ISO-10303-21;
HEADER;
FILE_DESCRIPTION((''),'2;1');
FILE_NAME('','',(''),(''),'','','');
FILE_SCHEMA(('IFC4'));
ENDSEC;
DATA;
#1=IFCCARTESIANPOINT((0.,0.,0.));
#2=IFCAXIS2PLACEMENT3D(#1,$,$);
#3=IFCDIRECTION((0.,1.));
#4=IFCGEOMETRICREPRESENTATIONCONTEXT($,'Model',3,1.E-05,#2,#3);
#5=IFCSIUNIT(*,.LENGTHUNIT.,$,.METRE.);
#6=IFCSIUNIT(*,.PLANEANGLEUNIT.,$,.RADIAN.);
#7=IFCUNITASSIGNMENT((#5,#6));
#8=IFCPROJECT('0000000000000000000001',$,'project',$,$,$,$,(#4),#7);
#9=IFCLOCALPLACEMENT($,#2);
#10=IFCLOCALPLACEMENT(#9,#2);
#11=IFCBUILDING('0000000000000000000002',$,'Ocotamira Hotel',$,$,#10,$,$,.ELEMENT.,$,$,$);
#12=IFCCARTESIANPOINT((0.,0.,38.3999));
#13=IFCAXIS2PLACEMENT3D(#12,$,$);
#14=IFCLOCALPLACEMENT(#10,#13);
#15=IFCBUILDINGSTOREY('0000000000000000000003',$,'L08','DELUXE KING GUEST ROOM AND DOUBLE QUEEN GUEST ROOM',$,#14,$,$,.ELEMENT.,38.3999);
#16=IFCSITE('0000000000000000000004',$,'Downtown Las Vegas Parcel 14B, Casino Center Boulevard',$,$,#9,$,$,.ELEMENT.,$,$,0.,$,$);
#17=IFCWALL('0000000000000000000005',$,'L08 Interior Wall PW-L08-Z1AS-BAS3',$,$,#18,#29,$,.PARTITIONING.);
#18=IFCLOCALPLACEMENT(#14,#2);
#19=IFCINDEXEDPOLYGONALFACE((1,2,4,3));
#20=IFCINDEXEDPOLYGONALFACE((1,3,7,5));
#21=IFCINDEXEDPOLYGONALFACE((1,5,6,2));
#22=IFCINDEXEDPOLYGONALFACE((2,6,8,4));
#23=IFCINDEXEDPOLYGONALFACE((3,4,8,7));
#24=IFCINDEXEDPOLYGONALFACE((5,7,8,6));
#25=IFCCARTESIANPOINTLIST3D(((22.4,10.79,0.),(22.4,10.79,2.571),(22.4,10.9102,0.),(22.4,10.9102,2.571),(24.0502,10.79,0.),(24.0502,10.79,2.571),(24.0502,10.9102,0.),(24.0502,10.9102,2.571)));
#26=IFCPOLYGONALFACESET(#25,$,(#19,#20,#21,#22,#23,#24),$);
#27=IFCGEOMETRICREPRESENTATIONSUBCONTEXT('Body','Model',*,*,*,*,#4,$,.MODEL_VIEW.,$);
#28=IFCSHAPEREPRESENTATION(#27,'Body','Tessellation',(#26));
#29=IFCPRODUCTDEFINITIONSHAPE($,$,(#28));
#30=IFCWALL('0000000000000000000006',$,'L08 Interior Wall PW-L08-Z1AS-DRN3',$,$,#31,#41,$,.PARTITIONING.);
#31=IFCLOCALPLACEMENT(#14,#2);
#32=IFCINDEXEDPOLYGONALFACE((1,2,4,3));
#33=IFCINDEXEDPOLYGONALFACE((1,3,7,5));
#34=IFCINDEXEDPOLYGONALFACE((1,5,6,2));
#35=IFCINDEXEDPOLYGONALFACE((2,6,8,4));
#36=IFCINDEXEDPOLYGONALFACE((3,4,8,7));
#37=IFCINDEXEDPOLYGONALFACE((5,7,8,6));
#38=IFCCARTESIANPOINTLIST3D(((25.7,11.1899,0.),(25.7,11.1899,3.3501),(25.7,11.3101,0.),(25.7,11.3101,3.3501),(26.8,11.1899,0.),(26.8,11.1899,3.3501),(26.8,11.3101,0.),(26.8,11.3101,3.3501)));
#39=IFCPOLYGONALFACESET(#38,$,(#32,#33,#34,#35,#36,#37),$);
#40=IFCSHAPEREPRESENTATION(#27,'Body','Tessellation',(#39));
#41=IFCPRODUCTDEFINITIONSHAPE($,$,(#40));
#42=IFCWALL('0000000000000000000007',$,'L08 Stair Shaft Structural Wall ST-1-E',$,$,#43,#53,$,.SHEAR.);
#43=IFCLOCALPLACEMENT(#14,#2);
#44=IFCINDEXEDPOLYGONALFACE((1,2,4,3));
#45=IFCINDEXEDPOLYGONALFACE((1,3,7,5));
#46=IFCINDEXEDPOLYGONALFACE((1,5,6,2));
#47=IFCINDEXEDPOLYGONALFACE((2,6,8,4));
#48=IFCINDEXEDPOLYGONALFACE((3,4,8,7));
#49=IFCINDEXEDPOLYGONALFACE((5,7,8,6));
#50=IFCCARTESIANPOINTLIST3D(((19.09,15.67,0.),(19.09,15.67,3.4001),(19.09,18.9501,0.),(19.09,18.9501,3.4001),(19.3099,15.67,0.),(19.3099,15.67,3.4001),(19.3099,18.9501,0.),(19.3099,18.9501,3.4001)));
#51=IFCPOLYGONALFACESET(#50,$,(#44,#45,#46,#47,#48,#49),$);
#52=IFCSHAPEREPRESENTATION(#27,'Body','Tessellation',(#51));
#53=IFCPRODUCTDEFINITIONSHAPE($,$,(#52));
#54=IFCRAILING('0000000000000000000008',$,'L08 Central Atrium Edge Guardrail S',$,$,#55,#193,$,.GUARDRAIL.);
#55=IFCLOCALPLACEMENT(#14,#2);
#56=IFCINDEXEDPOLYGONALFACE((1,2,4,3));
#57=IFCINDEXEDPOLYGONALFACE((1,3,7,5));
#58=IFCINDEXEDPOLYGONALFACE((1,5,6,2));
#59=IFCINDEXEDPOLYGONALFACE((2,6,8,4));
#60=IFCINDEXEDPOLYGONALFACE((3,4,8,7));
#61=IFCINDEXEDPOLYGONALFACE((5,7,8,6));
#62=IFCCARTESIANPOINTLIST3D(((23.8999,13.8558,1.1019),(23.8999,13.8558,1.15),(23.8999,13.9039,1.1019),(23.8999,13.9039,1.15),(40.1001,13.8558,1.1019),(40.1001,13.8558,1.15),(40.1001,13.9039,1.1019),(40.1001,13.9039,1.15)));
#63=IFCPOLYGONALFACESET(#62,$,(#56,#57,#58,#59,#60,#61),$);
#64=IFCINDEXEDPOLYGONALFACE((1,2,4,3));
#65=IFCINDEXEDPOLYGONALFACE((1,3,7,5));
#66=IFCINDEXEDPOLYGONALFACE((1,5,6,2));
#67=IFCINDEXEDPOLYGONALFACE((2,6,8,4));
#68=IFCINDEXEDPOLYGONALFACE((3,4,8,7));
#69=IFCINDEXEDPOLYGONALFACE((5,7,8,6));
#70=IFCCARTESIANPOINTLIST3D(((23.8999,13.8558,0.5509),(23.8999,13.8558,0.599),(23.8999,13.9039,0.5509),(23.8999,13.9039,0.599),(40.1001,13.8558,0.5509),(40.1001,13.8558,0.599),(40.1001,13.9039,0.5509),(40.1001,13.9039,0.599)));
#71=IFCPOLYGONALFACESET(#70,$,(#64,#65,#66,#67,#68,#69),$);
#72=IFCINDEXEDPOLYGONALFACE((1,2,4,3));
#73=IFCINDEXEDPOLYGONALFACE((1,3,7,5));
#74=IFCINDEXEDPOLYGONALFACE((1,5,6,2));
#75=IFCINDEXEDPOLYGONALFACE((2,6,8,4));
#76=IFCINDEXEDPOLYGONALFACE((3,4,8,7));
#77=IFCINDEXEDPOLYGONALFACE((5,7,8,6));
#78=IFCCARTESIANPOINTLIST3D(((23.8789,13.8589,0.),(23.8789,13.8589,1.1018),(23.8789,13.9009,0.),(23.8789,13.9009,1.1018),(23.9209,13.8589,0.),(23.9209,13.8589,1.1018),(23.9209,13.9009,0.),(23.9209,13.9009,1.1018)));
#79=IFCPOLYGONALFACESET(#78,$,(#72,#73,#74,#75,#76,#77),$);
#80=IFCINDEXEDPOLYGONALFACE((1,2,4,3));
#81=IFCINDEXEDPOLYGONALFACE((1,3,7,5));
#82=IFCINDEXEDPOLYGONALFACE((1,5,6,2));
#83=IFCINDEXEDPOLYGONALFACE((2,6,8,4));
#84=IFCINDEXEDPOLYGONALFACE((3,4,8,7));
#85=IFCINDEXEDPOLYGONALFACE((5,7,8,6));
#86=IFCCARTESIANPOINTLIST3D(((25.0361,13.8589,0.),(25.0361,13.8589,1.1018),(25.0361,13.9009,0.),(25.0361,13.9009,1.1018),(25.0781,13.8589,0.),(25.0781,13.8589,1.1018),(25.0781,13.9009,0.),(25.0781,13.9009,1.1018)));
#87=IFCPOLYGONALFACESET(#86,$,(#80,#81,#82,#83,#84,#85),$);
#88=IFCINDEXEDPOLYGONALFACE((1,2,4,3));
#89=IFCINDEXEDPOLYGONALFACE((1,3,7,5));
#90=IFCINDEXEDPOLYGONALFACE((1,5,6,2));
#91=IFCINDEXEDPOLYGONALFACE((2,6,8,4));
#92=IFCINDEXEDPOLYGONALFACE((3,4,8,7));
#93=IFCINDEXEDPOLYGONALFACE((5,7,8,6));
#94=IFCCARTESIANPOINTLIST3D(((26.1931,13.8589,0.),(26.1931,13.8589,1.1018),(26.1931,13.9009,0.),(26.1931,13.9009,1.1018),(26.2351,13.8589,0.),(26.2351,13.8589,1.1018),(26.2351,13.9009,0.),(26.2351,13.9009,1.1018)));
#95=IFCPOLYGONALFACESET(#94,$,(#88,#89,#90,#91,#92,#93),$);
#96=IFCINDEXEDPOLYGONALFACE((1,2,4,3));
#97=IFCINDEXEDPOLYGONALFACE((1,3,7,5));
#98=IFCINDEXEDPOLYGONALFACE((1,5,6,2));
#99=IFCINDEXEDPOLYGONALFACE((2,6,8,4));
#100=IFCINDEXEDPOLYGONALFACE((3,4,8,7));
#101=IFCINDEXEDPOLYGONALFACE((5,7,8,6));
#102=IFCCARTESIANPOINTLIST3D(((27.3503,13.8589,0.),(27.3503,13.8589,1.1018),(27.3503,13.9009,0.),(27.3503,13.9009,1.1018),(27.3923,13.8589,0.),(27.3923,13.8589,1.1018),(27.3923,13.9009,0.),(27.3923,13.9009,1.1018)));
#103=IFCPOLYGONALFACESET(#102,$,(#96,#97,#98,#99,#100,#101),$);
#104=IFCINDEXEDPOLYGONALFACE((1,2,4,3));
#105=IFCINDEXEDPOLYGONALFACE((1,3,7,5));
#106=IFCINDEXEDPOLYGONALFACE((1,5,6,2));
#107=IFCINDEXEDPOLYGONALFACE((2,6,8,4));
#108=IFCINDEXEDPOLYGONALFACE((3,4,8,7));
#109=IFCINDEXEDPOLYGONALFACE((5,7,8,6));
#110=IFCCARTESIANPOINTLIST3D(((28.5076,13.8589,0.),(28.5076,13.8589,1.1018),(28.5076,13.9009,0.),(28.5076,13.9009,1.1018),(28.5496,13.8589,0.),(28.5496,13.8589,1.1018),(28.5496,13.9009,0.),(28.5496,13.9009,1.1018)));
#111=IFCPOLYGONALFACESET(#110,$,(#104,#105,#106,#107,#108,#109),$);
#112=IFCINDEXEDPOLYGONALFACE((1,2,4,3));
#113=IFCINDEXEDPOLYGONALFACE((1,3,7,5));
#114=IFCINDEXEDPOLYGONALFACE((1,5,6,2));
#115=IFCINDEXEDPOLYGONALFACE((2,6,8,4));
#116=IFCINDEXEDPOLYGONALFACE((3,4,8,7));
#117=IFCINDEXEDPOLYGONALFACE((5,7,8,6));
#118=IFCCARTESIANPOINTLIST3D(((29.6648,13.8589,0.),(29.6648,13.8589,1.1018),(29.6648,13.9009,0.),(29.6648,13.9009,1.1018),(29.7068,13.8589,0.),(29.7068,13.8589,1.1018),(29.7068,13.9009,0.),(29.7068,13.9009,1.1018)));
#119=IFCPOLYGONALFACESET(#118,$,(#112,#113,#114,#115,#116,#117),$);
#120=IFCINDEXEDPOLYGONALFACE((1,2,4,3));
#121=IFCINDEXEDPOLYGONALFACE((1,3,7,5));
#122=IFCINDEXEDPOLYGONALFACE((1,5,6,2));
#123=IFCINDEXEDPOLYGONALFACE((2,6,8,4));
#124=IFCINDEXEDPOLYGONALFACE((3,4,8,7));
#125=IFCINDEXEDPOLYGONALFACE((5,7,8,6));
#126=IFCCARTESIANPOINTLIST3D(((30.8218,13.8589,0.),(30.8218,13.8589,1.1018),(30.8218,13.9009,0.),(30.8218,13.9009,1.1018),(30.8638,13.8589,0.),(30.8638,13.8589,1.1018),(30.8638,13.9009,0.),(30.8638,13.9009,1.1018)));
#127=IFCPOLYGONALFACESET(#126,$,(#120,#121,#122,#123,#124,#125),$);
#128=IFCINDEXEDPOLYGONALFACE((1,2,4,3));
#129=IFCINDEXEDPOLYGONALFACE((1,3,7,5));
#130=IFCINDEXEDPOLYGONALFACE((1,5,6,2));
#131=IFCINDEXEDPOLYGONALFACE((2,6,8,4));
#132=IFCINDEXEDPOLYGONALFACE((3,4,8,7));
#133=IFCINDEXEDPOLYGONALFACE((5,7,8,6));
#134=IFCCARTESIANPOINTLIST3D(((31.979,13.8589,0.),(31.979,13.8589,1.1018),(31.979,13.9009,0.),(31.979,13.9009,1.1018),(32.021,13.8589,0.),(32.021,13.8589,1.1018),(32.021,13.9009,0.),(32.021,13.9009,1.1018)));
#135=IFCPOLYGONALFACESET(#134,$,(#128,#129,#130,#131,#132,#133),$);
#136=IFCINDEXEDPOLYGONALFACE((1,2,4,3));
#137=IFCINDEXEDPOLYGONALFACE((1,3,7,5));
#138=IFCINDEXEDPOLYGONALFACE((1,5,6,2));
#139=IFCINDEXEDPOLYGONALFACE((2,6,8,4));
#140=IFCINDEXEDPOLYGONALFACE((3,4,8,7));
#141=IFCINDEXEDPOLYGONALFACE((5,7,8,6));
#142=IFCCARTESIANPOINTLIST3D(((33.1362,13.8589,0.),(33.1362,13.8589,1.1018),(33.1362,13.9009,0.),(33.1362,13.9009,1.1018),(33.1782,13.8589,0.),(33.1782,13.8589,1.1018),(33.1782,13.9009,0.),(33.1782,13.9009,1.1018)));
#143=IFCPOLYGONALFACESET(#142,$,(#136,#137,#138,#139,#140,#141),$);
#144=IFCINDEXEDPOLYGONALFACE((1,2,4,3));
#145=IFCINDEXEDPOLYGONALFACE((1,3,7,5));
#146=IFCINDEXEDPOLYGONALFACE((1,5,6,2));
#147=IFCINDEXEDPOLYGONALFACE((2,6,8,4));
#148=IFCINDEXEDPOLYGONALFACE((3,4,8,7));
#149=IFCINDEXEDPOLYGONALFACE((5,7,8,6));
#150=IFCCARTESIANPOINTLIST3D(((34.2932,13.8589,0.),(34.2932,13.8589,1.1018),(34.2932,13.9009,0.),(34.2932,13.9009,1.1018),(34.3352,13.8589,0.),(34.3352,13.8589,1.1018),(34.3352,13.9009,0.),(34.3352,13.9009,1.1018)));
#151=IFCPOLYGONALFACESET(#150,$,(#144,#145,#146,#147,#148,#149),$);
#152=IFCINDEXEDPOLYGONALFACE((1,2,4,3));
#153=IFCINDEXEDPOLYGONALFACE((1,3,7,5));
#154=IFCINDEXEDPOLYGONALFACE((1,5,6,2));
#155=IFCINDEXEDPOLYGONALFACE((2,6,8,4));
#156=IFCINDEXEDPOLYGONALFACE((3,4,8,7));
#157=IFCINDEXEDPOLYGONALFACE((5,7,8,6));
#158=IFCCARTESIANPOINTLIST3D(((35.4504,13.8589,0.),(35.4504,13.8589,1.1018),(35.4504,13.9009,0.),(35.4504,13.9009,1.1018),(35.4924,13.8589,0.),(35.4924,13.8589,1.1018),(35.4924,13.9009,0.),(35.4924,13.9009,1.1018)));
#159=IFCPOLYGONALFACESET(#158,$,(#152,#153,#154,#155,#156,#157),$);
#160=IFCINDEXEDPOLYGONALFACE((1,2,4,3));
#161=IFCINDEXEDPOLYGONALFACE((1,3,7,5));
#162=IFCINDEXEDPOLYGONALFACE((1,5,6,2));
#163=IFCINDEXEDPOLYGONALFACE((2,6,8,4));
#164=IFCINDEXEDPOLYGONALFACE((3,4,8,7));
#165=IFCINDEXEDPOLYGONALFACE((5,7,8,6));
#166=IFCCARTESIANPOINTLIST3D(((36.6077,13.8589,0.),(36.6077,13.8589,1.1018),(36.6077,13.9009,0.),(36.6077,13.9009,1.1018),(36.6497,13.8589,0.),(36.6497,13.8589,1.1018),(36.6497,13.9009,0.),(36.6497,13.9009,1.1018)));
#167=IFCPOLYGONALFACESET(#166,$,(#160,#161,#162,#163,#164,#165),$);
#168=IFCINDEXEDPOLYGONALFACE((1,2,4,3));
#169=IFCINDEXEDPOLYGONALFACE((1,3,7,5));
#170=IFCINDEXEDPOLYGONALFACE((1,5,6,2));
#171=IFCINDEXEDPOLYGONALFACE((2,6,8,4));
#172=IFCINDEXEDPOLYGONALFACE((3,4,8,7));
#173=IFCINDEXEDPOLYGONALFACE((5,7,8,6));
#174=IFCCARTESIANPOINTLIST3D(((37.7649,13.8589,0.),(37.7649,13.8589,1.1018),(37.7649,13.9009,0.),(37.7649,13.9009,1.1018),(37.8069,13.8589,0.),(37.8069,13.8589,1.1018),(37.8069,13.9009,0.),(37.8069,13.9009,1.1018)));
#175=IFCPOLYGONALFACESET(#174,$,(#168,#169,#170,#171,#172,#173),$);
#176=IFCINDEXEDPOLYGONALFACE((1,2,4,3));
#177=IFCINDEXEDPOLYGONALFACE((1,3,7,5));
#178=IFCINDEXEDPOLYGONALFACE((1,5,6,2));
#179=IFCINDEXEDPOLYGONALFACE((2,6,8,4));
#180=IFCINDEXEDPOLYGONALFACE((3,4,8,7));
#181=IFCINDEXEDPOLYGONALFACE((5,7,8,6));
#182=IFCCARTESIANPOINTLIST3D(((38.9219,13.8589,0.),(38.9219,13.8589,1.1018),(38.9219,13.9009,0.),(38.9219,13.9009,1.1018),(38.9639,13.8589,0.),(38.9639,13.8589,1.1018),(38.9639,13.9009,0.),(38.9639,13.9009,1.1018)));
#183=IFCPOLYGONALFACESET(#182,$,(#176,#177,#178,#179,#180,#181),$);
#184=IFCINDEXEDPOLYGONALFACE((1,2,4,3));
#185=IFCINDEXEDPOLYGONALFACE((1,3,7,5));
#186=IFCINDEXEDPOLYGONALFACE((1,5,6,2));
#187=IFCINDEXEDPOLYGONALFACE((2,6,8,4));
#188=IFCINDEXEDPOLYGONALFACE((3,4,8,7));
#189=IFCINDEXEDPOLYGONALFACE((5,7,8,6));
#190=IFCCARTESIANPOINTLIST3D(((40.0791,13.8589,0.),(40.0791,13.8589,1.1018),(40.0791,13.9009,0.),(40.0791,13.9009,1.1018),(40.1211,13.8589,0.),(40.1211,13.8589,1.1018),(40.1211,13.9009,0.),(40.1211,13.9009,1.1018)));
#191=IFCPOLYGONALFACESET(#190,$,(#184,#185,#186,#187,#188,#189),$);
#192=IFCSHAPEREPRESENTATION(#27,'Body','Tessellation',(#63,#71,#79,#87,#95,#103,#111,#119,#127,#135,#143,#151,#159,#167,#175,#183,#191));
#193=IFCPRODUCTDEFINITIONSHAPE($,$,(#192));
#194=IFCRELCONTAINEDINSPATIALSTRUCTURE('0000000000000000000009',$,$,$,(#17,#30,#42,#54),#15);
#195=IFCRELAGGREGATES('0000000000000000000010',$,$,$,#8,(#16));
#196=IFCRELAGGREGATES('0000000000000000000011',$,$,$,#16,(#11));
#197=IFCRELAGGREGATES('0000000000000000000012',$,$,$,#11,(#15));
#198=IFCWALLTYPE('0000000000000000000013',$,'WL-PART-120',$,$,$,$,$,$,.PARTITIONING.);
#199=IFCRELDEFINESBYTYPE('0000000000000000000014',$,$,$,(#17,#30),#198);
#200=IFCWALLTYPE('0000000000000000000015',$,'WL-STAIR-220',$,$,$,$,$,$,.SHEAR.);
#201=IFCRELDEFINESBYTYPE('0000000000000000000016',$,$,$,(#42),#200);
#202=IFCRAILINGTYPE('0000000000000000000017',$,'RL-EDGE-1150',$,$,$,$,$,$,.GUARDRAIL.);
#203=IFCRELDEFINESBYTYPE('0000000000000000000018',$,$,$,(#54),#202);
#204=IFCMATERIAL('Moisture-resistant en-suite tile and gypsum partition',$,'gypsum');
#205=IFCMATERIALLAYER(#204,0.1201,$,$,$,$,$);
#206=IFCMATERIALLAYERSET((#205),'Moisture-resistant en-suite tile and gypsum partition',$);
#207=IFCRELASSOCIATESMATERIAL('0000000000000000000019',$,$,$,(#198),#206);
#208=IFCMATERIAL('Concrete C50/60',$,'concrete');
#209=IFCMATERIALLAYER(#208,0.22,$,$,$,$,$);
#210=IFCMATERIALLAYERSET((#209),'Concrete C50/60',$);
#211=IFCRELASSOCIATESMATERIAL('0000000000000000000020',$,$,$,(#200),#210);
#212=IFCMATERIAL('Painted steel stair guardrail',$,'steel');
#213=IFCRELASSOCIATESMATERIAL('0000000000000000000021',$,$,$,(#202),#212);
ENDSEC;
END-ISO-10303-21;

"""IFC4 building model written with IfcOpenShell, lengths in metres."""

from ifc_helpers import new_model, si_unit, direction, frame, frame_2d, origin, origin_2d, place, context, subcontext, project, spatial, rectangle, extrude, material, layer, layer_set, type_object, element, save


model = new_model("IFC4")

# Units and contexts
model_context = context("Model", 3, precision=1e-05, world=origin(), true_north=direction((0.0, 1.0)))
body_context = subcontext(model_context, "Body", "Model", "MODEL_VIEW")
ifc_project = project(units=[si_unit("LENGTHUNIT", "METRE"), si_unit("PLANEANGLEUNIT", "RADIAN")], contexts=[model_context])

# Site, building, storey
site_placement = place(None, origin())
site = spatial("IfcSite", under=ifc_project, at=site_placement, Name="Downtown Las Vegas Parcel 14B, Casino Center Boulevard", CompositionType="ELEMENT", RefElevation=0.0)
building_placement = place(site_placement, origin())
building = spatial("IfcBuilding", under=site, at=building_placement, Name="Ocotamira Hotel", CompositionType="ELEMENT")
storey_placement = place(building_placement, frame((0.0, 0.0, 38.3999)))
storey = spatial("IfcBuildingStorey", under=building, at=storey_placement, Name="L08", Description="DELUXE KING GUEST ROOM AND DOUBLE QUEEN GUEST ROOM", CompositionType="ELEMENT", Elevation=38.3999)

# Shared definitions
ifc_material_1 = material(Name="Moisture-resistant en-suite tile and gypsum partition", Category="gypsum")
ifc_layer_1 = layer(ifc_material_1, 0.1201)
ifc_layer_set_1 = layer_set([ifc_layer_1], Name="Moisture-resistant en-suite tile and gypsum partition")
wall_type_1 = type_object("IfcWallType", Name="WL-PART-120", PredefinedType="PARTITIONING", material=ifc_layer_set_1)

# Walls
wall_1_placement = place(storey_placement, frame((22.3999, 10.8501, 0.0), z_axis=(0.0, 0.0, 1.0), x_axis=(1.0, 0.0, 0.0)))
element("IfcWall", 1, at=wall_1_placement, inside=storey, type_object=wall_type_1, Name="L08 Interior Wall PW-L08-Z1AS-BAS3", PredefinedType="PARTITIONING", context=body_context, shape_type="SweptSolid", body=[
    extrude(rectangle(XDim=1.6501, YDim=0.1201, at=frame_2d((0.8252, 0.0))), origin(), (0.0, 0.0, 1.0), 2.571),
])
wall_2_placement = place(storey_placement, frame((25.7, 11.25, 0.0), z_axis=(0.0, 0.0, 1.0), x_axis=(1.0, 0.0, 0.0)))
element("IfcWall", 2, at=wall_2_placement, inside=storey, type_object=wall_type_1, Name="L08 Interior Wall PW-L08-Z1AS-DRN3", PredefinedType="PARTITIONING", context=body_context, shape_type="SweptSolid", body=[
    extrude(rectangle(XDim=1.1001, YDim=0.1201, at=frame_2d((0.55, 0.0))), origin(), (0.0, 0.0, 1.0), 3.3501),
])
ifc_material_2 = material(Name="Concrete C50/60", Category="concrete")
ifc_layer_2 = layer(ifc_material_2, 0.22)
ifc_layer_set_2 = layer_set([ifc_layer_2], Name="Concrete C50/60")
wall_type_2 = type_object("IfcWallType", Name="WL-STAIR-220", PredefinedType="SHEAR", material=ifc_layer_set_2)
wall_3_placement = place(storey_placement, frame((19.2, 15.6699, 0.0), z_axis=(0.0, 0.0, 1.0), x_axis=(0.0, 1.0, 0.0)))
element("IfcWall", 3, at=wall_3_placement, inside=storey, type_object=wall_type_2, Name="L08 Stair Shaft Structural Wall ST-1-E", PredefinedType="SHEAR", context=body_context, shape_type="SweptSolid", body=[
    extrude(rectangle(XDim=3.28, YDim=0.22, at=frame_2d((1.6401, 0.0))), origin(), (0.0, 0.0, 1.0), 3.4001),
])

# Railing
ifc_material_3 = material(Name="Painted steel stair guardrail", Category="steel")
railing_type_1 = type_object("IfcRailingType", Name="RL-EDGE-1150", PredefinedType="GUARDRAIL", material=ifc_material_3)
railing_1_placement = place(storey_placement, frame((23.8999, 13.8799, 0.0)))
element("IfcRailing", 4, at=railing_1_placement, inside=storey, type_object=railing_type_1, Name="L08 Central Atrium Edge Guardrail S", PredefinedType="GUARDRAIL", context=body_context, shape_type="SweptSolid", body=[
    extrude(rectangle(XDim=0.0481, YDim=0.0481, at=origin_2d()), frame((0.0, 0.0, 1.126), z_axis=(1.0, 0.0, 0.0), x_axis=(0.0, 1.0, 0.0)), (0.0, 0.0, 1.0), 16.2002),
    extrude(rectangle(XDim=0.0481, YDim=0.0481, at=origin_2d()), frame((0.0, 0.0, 0.575), z_axis=(1.0, 0.0, 0.0), x_axis=(0.0, 1.0, 0.0)), (0.0, 0.0, 1.0), 16.2002),
    extrude(rectangle(XDim=0.042, YDim=0.042, at=origin_2d()), origin(), (0.0, 0.0, 1.0), 1.1018),
    extrude(rectangle(XDim=0.042, YDim=0.042, at=origin_2d()), frame((1.1572, 0.0, 0.0)), (0.0, 0.0, 1.0), 1.1018),
    extrude(rectangle(XDim=0.042, YDim=0.042, at=origin_2d()), frame((2.3142, 0.0, 0.0)), (0.0, 0.0, 1.0), 1.1018),
    extrude(rectangle(XDim=0.042, YDim=0.042, at=origin_2d()), frame((3.4714, 0.0, 0.0)), (0.0, 0.0, 1.0), 1.1018),
    extrude(rectangle(XDim=0.042, YDim=0.042, at=origin_2d()), frame((4.6287, 0.0, 0.0)), (0.0, 0.0, 1.0), 1.1018),
    extrude(rectangle(XDim=0.042, YDim=0.042, at=origin_2d()), frame((5.7859, 0.0, 0.0)), (0.0, 0.0, 1.0), 1.1018),
    extrude(rectangle(XDim=0.042, YDim=0.042, at=origin_2d()), frame((6.9429, 0.0, 0.0)), (0.0, 0.0, 1.0), 1.1018),
    extrude(rectangle(XDim=0.042, YDim=0.042, at=origin_2d()), frame((8.1001, 0.0, 0.0)), (0.0, 0.0, 1.0), 1.1018),
    extrude(rectangle(XDim=0.042, YDim=0.042, at=origin_2d()), frame((9.2573, 0.0, 0.0)), (0.0, 0.0, 1.0), 1.1018),
    extrude(rectangle(XDim=0.042, YDim=0.042, at=origin_2d()), frame((10.4143, 0.0, 0.0)), (0.0, 0.0, 1.0), 1.1018),
    extrude(rectangle(XDim=0.042, YDim=0.042, at=origin_2d()), frame((11.5715, 0.0, 0.0)), (0.0, 0.0, 1.0), 1.1018),
    extrude(rectangle(XDim=0.042, YDim=0.042, at=origin_2d()), frame((12.7288, 0.0, 0.0)), (0.0, 0.0, 1.0), 1.1018),
    extrude(rectangle(XDim=0.042, YDim=0.042, at=origin_2d()), frame((13.886, 0.0, 0.0)), (0.0, 0.0, 1.0), 1.1018),
    extrude(rectangle(XDim=0.042, YDim=0.042, at=origin_2d()), frame((15.043, 0.0, 0.0)), (0.0, 0.0, 1.0), 1.1018),
    extrude(rectangle(XDim=0.042, YDim=0.042, at=origin_2d()), frame((16.2002, 0.0, 0.0)), (0.0, 0.0, 1.0), 1.1018),
])

save(model, "model.ifc")
